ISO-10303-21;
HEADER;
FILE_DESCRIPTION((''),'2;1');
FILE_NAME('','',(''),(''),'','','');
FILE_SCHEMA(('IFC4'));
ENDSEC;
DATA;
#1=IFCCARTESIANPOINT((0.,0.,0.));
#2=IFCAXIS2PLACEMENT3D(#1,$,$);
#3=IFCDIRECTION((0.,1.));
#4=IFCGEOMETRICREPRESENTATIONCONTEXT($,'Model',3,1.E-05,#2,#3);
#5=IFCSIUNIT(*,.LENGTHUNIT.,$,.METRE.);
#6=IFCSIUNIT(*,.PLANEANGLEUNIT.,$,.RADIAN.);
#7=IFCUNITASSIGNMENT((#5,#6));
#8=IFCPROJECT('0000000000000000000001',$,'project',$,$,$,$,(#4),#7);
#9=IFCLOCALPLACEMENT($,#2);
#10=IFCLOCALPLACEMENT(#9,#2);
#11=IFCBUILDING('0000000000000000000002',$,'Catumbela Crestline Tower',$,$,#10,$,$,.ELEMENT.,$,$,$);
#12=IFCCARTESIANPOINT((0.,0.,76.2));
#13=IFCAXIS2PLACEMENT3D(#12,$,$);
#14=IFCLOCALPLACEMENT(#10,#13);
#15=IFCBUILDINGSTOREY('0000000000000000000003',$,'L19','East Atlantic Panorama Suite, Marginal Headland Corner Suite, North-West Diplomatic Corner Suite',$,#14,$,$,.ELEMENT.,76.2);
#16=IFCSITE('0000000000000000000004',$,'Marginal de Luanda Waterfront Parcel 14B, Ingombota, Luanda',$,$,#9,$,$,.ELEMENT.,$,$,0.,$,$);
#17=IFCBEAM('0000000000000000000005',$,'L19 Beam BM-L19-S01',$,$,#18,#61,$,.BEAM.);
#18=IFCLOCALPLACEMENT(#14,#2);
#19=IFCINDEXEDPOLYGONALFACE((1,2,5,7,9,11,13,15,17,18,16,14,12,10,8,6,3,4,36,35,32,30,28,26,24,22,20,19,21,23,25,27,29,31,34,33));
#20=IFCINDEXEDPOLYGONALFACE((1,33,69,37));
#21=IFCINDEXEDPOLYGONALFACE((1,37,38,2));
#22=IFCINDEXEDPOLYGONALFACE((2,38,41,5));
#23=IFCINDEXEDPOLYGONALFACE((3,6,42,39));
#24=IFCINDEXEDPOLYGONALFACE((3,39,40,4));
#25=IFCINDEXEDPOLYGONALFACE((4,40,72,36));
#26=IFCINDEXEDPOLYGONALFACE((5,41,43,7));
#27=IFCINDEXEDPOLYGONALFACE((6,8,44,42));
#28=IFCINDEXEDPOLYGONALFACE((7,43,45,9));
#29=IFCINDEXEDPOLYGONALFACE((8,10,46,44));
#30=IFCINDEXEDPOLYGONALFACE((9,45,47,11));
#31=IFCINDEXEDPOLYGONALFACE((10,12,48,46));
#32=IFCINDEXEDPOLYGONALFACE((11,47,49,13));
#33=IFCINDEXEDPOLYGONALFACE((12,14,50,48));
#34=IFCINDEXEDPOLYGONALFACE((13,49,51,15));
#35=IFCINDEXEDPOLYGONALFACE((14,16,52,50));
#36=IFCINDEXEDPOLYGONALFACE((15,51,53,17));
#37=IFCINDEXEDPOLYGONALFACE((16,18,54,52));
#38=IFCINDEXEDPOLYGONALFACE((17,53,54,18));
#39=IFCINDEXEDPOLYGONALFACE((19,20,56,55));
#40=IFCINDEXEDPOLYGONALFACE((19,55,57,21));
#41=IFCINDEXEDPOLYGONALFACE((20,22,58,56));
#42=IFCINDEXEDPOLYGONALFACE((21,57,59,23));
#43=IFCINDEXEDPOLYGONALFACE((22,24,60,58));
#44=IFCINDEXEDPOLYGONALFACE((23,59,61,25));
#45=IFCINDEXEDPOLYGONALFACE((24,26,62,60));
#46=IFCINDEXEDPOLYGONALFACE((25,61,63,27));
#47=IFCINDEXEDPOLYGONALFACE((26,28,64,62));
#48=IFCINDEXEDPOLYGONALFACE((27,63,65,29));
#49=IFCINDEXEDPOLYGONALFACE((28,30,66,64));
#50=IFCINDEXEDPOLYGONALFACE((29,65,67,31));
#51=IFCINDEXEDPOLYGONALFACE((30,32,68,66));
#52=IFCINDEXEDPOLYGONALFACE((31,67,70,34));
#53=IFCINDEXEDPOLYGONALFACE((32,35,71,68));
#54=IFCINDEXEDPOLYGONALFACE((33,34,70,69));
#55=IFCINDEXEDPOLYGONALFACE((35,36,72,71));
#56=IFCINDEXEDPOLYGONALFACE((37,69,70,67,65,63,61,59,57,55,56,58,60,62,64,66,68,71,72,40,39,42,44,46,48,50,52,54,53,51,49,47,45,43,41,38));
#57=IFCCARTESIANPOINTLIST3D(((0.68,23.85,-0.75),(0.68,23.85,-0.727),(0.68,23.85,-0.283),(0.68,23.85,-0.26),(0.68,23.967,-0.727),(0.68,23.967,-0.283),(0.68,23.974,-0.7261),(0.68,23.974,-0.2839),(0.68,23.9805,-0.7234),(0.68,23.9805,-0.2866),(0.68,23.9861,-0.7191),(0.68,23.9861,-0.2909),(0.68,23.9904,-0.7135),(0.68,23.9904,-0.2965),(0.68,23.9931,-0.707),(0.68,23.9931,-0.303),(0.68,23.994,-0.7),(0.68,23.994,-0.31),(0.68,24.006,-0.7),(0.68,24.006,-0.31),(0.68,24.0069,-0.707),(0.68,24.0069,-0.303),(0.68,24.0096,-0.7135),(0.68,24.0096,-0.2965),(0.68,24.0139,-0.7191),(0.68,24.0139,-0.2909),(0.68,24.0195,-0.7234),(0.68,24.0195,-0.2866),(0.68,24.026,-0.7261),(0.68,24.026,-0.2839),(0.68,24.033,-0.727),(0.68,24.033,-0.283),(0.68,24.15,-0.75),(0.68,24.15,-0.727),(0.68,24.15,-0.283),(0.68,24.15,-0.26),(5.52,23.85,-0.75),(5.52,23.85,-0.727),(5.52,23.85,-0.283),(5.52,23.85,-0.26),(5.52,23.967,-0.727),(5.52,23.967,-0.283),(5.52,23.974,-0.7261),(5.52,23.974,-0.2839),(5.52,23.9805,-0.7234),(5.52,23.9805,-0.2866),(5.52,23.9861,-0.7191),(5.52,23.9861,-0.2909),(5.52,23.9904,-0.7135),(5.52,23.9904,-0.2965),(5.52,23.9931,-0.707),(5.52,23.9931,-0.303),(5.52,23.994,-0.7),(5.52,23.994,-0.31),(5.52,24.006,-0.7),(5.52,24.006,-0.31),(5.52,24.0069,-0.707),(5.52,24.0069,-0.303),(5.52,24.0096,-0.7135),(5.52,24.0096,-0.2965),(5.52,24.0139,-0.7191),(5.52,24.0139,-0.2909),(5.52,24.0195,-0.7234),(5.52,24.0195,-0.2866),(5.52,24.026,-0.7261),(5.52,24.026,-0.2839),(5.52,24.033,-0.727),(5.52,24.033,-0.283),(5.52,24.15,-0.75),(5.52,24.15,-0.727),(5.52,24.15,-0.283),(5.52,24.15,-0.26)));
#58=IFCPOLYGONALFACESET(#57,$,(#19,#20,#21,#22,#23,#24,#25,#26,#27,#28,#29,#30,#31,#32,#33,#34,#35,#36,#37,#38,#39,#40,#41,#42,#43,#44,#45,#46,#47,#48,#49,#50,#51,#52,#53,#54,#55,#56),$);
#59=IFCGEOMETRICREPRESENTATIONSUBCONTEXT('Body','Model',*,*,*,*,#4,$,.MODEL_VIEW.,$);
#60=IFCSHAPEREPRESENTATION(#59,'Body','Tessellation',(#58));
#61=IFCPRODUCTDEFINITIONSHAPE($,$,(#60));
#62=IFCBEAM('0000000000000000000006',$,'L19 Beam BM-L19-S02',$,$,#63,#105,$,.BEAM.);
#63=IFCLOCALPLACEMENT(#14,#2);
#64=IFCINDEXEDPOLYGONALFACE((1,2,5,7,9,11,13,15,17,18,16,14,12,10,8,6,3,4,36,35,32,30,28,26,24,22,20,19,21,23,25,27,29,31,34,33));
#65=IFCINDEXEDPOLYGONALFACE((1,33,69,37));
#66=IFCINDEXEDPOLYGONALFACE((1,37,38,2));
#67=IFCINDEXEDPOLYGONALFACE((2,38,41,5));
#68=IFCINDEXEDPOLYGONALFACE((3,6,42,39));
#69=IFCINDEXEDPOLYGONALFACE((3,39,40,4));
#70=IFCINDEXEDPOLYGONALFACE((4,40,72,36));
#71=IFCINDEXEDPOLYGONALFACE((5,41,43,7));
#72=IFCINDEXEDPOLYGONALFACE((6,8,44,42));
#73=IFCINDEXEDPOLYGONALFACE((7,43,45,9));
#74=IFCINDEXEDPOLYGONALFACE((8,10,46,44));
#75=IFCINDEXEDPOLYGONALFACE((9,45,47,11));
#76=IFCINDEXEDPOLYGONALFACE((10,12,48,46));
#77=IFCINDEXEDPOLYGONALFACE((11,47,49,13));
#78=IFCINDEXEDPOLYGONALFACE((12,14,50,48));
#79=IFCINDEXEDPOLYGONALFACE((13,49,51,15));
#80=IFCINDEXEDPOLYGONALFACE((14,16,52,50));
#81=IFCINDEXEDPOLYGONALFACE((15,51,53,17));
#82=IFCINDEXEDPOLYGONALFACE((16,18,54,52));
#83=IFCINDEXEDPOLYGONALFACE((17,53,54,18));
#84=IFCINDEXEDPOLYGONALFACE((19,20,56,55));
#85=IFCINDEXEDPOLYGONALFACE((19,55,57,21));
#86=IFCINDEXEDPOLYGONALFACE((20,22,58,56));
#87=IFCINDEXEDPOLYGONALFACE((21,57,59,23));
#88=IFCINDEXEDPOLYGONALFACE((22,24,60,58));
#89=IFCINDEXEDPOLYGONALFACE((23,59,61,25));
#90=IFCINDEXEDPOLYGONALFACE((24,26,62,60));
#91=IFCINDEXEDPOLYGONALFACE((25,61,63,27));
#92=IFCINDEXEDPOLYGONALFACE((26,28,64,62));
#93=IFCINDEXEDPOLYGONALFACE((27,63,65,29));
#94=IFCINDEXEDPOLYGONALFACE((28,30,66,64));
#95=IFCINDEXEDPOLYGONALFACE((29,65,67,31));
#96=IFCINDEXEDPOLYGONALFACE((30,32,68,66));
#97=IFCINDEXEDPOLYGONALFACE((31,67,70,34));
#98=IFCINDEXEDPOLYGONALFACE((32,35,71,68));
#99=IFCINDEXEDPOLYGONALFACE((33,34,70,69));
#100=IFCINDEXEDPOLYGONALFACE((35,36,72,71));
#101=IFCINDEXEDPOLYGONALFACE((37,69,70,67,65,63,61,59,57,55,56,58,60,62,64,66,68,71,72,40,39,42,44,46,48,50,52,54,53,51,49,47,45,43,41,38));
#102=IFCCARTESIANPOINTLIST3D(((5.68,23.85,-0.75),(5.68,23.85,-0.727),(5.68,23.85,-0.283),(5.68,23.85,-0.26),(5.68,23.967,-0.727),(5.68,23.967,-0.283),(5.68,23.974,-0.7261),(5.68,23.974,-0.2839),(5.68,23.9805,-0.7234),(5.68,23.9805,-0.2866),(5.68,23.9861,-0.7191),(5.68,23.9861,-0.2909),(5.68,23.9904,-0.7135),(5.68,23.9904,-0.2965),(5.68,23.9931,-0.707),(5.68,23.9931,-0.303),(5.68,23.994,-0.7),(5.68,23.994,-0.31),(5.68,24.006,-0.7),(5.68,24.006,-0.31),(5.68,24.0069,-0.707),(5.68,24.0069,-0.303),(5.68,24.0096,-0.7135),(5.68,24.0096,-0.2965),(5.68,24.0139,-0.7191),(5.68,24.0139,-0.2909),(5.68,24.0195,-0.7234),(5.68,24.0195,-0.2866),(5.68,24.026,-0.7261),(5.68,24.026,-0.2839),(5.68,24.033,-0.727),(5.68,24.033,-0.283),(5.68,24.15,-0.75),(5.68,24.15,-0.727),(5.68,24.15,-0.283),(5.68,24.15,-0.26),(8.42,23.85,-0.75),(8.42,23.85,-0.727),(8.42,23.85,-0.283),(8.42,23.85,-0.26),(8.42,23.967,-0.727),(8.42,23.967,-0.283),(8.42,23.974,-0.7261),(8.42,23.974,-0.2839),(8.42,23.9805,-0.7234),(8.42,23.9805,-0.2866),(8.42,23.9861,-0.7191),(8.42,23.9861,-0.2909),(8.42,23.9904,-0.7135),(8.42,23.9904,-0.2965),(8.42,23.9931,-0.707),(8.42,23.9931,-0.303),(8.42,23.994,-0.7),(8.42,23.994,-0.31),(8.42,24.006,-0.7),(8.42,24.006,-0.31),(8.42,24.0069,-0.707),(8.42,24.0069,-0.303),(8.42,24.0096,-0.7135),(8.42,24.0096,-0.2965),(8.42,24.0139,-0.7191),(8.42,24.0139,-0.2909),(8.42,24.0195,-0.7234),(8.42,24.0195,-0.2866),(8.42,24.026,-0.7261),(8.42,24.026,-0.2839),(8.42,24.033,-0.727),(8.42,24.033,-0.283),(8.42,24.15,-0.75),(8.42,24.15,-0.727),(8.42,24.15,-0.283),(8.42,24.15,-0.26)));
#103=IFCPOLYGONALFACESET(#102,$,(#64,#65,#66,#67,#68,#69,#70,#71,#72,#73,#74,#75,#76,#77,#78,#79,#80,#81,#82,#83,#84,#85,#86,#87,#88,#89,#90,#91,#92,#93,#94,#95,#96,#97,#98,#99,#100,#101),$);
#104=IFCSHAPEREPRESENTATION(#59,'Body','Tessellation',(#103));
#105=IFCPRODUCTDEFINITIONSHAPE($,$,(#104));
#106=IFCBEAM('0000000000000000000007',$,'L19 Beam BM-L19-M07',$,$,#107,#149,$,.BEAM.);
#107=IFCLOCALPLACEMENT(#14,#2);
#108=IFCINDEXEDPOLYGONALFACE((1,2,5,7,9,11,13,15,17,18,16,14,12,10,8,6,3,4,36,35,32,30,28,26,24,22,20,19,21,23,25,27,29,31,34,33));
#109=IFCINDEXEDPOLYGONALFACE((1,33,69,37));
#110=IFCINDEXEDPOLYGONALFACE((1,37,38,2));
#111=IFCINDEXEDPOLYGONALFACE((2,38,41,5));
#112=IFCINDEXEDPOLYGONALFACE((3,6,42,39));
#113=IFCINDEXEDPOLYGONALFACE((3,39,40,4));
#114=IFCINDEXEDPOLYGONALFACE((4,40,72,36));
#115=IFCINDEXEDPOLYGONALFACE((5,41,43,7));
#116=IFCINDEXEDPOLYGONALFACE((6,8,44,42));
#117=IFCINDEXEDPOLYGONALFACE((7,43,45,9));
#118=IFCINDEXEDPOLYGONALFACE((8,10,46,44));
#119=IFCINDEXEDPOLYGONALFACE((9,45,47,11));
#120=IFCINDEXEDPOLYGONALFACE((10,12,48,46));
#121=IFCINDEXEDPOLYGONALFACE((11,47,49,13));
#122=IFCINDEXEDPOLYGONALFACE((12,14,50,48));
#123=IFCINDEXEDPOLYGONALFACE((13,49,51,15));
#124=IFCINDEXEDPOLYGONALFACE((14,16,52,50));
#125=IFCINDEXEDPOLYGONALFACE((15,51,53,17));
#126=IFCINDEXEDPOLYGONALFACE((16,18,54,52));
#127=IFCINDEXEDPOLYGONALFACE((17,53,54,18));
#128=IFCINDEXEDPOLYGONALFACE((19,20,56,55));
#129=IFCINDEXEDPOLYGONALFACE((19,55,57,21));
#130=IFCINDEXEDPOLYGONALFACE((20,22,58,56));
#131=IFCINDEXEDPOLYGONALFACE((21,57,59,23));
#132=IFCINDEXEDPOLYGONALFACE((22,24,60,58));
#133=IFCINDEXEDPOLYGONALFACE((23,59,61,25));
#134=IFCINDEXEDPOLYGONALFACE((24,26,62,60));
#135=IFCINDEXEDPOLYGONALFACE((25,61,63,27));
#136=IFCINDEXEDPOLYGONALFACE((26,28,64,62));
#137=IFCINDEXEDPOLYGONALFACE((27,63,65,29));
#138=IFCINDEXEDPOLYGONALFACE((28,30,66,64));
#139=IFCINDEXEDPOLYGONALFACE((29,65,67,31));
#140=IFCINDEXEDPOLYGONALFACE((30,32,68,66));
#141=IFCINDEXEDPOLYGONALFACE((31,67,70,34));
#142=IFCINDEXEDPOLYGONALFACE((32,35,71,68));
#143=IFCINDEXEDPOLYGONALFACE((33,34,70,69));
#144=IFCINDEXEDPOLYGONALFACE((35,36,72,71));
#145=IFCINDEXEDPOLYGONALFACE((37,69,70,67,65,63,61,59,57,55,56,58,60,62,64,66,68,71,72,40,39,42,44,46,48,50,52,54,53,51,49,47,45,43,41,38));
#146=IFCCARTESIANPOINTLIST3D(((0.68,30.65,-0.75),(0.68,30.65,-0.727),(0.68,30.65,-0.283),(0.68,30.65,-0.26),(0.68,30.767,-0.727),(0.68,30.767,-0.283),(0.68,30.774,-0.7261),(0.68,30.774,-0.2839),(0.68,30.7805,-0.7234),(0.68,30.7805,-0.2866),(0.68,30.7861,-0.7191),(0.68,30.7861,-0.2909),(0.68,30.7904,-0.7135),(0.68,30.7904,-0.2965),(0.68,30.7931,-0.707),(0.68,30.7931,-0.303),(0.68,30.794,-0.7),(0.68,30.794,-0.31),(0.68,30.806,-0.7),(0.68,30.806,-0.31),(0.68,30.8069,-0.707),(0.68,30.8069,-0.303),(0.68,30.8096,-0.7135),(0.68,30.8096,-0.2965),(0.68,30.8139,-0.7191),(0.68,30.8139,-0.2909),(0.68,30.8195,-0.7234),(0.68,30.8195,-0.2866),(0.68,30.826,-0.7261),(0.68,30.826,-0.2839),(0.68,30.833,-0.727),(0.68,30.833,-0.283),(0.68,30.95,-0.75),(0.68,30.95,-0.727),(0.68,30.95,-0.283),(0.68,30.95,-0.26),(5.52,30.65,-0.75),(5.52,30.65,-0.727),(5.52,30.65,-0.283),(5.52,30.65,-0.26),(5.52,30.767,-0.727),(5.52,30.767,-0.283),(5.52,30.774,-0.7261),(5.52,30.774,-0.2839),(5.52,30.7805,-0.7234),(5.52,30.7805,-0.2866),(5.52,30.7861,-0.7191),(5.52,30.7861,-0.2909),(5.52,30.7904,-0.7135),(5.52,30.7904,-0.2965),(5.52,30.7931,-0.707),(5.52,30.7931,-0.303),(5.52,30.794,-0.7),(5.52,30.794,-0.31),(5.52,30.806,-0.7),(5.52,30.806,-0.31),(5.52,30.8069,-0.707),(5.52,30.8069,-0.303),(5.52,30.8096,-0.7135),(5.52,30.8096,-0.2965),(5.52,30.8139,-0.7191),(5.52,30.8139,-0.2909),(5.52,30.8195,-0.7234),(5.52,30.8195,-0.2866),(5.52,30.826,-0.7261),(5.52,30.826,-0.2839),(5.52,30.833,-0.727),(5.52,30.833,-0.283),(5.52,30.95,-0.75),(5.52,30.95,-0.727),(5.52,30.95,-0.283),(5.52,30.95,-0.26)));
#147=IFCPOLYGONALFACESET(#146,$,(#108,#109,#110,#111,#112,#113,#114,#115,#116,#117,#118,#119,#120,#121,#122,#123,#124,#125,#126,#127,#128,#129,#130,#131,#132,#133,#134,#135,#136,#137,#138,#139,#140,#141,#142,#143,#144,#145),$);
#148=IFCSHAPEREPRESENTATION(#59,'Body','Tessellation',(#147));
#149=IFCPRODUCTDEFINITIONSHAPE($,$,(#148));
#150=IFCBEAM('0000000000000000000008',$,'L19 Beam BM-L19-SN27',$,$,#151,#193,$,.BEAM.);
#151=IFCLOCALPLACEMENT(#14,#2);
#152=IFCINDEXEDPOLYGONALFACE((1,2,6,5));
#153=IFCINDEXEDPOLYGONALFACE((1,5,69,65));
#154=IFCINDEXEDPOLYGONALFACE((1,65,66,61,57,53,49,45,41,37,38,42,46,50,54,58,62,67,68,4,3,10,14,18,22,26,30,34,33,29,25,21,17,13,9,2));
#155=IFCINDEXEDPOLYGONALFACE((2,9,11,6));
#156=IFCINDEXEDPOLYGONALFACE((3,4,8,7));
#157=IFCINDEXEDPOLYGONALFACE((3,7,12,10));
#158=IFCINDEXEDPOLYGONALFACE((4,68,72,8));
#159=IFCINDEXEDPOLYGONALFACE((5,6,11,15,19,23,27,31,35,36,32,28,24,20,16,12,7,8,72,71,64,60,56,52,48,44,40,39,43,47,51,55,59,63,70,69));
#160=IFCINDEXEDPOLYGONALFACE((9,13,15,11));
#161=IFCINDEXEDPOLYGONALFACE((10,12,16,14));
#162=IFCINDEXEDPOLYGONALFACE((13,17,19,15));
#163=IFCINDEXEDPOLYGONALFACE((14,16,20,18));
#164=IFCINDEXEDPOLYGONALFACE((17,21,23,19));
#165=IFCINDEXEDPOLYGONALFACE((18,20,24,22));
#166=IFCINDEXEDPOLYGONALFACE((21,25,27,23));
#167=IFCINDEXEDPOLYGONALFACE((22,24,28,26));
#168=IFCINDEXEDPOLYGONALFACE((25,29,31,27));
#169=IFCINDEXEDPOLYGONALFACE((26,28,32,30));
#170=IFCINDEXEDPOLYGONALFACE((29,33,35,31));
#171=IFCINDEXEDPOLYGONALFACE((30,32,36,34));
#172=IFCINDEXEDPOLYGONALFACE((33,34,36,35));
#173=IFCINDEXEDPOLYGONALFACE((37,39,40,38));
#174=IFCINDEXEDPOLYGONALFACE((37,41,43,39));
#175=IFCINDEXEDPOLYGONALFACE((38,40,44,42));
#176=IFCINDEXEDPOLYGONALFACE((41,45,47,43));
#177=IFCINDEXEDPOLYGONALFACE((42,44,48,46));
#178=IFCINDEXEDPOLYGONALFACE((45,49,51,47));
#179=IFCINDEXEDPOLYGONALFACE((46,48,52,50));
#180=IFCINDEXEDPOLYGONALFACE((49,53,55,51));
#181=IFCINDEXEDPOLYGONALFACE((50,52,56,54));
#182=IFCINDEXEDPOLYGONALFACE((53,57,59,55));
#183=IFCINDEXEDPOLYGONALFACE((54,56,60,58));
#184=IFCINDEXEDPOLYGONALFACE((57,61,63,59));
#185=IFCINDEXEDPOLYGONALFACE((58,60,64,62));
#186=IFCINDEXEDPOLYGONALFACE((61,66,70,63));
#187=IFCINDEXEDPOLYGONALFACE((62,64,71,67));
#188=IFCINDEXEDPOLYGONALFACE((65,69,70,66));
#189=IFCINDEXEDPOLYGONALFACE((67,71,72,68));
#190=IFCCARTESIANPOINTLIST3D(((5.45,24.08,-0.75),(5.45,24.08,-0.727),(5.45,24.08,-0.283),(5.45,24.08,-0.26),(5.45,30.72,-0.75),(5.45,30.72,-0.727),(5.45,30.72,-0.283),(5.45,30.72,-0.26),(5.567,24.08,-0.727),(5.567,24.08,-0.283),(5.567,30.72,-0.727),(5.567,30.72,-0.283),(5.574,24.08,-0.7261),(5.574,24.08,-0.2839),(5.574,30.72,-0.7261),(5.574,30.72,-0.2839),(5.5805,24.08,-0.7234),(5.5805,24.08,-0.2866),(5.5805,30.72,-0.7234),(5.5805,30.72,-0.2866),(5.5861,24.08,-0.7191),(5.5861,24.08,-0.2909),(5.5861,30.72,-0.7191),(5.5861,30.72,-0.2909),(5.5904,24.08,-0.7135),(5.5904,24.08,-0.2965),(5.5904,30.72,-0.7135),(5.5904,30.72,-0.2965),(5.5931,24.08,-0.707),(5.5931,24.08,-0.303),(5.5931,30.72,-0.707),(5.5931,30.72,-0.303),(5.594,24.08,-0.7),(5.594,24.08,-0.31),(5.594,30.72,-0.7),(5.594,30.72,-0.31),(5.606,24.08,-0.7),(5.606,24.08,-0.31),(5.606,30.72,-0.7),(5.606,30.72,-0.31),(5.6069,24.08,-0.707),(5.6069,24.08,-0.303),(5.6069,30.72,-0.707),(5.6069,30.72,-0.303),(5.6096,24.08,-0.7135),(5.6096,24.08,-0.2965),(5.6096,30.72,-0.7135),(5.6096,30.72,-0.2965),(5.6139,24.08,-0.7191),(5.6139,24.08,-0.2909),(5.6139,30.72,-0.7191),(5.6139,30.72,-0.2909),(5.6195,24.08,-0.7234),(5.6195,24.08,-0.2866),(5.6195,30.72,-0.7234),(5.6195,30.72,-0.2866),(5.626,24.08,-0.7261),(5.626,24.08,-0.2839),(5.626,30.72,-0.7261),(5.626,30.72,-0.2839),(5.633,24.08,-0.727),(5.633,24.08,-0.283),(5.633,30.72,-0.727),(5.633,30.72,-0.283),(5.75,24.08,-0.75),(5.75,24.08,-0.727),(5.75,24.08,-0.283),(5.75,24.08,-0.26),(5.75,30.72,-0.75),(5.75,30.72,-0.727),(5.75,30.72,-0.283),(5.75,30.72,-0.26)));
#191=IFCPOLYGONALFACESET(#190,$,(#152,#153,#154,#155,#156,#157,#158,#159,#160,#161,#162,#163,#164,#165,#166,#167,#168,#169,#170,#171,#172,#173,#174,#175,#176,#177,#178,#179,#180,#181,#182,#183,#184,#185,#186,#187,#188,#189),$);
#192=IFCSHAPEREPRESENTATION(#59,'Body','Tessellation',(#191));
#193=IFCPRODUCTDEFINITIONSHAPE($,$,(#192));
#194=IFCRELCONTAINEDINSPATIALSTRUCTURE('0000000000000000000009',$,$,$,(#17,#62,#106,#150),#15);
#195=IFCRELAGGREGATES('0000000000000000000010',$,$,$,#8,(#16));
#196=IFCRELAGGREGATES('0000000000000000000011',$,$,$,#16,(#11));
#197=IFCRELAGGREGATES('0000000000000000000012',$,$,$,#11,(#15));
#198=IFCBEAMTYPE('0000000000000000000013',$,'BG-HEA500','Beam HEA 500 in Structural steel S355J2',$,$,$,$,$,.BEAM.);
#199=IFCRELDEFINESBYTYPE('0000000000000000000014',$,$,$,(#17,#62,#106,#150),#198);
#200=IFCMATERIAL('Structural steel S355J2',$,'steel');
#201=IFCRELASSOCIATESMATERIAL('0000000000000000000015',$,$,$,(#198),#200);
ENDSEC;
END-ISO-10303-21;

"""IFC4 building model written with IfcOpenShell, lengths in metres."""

from ifc_helpers import new_model, si_unit, direction, frame, origin, origin_2d, place, context, subcontext, project, spatial, i_section, extrude, material, material_profile, profile_set, type_object, element, save


model = new_model("IFC4")

# Units and contexts
model_context = context("Model", 3, precision=1e-05, world=origin(), true_north=direction((0.0, 1.0)))
body_context = subcontext(model_context, "Body", "Model", "MODEL_VIEW")
ifc_project = project(units=[si_unit("LENGTHUNIT", "METRE"), si_unit("PLANEANGLEUNIT", "RADIAN")], contexts=[model_context])

# Site, building, storey
site_placement = place(None, origin())
site = spatial("IfcSite", under=ifc_project, at=site_placement, Name="Marginal de Luanda Waterfront Parcel 14B, Ingombota, Luanda", CompositionType="ELEMENT", RefElevation=0.0)
building_placement = place(site_placement, origin())
building = spatial("IfcBuilding", under=site, at=building_placement, Name="Catumbela Crestline Tower", CompositionType="ELEMENT")
storey_placement = place(building_placement, frame((0.0, 0.0, 76.2)))
storey = spatial("IfcBuildingStorey", under=building, at=storey_placement, Name="L19", Description="East Atlantic Panorama Suite, Marginal Headland Corner Suite, North-West Diplomatic Corner Suite", CompositionType="ELEMENT", Elevation=76.2)

# Beams
ifc_material_1 = material(Name="Structural steel S355J2", Category="steel")
ifc_material_profile_1 = material_profile(ifc_material_1, i_section(OverallWidth=0.3, OverallDepth=0.49, WebThickness=0.012, FlangeThickness=0.023, FilletRadius=0.027, at=origin_2d()), Name="HEA 500")
ifc_profile_set_1 = profile_set([ifc_material_profile_1], Name="Structural steel S355J2")
beam_type_1 = type_object("IfcBeamType", Name="BG-HEA500", Description="Beam HEA 500 in Structural steel S355J2", PredefinedType="BEAM", material=ifc_profile_set_1)
beam_1_placement = place(storey_placement, frame((0.68, 24.0, -0.505), z_axis=(1.0, 0.0, 0.0), x_axis=(0.0, 1.0, 0.0)))
element("IfcBeam", 1, at=beam_1_placement, inside=storey, type_object=beam_type_1, Name="L19 Beam BM-L19-S01", PredefinedType="BEAM", context=body_context, shape_type="SweptSolid", body=[
    extrude(i_section(OverallWidth=0.3, OverallDepth=0.49, WebThickness=0.012, FlangeThickness=0.023, FilletRadius=0.027, at=origin_2d()), origin(), (0.0, 0.0, 1.0), 4.84),
])
beam_2_placement = place(storey_placement, frame((5.68, 24.0, -0.505), z_axis=(1.0, 0.0, 0.0), x_axis=(0.0, 1.0, 0.0)))
element("IfcBeam", 2, at=beam_2_placement, inside=storey, type_object=beam_type_1, Name="L19 Beam BM-L19-S02", PredefinedType="BEAM", context=body_context, shape_type="SweptSolid", body=[
    extrude(i_section(OverallWidth=0.3, OverallDepth=0.49, WebThickness=0.012, FlangeThickness=0.023, FilletRadius=0.027, at=origin_2d()), origin(), (0.0, 0.0, 1.0), 2.74),
])
beam_3_placement = place(storey_placement, frame((0.68, 30.8, -0.505), z_axis=(1.0, 0.0, 0.0), x_axis=(0.0, 1.0, 0.0)))
element("IfcBeam", 3, at=beam_3_placement, inside=storey, type_object=beam_type_1, Name="L19 Beam BM-L19-M07", PredefinedType="BEAM", context=body_context, shape_type="SweptSolid", body=[
    extrude(i_section(OverallWidth=0.3, OverallDepth=0.49, WebThickness=0.012, FlangeThickness=0.023, FilletRadius=0.027, at=origin_2d()), origin(), (0.0, 0.0, 1.0), 4.84),
])
beam_4_placement = place(storey_placement, frame((5.6, 24.08, -0.505), z_axis=(0.0, 1.0, 0.0), x_axis=(-1.0, 0.0, 0.0)))
element("IfcBeam", 4, at=beam_4_placement, inside=storey, type_object=beam_type_1, Name="L19 Beam BM-L19-SN27", PredefinedType="BEAM", context=body_context, shape_type="SweptSolid", body=[
    extrude(i_section(OverallWidth=0.3, OverallDepth=0.49, WebThickness=0.012, FlangeThickness=0.023, FilletRadius=0.027, at=origin_2d()), origin(), (0.0, 0.0, 1.0), 6.64),
])

save(model, "model.ifc")
